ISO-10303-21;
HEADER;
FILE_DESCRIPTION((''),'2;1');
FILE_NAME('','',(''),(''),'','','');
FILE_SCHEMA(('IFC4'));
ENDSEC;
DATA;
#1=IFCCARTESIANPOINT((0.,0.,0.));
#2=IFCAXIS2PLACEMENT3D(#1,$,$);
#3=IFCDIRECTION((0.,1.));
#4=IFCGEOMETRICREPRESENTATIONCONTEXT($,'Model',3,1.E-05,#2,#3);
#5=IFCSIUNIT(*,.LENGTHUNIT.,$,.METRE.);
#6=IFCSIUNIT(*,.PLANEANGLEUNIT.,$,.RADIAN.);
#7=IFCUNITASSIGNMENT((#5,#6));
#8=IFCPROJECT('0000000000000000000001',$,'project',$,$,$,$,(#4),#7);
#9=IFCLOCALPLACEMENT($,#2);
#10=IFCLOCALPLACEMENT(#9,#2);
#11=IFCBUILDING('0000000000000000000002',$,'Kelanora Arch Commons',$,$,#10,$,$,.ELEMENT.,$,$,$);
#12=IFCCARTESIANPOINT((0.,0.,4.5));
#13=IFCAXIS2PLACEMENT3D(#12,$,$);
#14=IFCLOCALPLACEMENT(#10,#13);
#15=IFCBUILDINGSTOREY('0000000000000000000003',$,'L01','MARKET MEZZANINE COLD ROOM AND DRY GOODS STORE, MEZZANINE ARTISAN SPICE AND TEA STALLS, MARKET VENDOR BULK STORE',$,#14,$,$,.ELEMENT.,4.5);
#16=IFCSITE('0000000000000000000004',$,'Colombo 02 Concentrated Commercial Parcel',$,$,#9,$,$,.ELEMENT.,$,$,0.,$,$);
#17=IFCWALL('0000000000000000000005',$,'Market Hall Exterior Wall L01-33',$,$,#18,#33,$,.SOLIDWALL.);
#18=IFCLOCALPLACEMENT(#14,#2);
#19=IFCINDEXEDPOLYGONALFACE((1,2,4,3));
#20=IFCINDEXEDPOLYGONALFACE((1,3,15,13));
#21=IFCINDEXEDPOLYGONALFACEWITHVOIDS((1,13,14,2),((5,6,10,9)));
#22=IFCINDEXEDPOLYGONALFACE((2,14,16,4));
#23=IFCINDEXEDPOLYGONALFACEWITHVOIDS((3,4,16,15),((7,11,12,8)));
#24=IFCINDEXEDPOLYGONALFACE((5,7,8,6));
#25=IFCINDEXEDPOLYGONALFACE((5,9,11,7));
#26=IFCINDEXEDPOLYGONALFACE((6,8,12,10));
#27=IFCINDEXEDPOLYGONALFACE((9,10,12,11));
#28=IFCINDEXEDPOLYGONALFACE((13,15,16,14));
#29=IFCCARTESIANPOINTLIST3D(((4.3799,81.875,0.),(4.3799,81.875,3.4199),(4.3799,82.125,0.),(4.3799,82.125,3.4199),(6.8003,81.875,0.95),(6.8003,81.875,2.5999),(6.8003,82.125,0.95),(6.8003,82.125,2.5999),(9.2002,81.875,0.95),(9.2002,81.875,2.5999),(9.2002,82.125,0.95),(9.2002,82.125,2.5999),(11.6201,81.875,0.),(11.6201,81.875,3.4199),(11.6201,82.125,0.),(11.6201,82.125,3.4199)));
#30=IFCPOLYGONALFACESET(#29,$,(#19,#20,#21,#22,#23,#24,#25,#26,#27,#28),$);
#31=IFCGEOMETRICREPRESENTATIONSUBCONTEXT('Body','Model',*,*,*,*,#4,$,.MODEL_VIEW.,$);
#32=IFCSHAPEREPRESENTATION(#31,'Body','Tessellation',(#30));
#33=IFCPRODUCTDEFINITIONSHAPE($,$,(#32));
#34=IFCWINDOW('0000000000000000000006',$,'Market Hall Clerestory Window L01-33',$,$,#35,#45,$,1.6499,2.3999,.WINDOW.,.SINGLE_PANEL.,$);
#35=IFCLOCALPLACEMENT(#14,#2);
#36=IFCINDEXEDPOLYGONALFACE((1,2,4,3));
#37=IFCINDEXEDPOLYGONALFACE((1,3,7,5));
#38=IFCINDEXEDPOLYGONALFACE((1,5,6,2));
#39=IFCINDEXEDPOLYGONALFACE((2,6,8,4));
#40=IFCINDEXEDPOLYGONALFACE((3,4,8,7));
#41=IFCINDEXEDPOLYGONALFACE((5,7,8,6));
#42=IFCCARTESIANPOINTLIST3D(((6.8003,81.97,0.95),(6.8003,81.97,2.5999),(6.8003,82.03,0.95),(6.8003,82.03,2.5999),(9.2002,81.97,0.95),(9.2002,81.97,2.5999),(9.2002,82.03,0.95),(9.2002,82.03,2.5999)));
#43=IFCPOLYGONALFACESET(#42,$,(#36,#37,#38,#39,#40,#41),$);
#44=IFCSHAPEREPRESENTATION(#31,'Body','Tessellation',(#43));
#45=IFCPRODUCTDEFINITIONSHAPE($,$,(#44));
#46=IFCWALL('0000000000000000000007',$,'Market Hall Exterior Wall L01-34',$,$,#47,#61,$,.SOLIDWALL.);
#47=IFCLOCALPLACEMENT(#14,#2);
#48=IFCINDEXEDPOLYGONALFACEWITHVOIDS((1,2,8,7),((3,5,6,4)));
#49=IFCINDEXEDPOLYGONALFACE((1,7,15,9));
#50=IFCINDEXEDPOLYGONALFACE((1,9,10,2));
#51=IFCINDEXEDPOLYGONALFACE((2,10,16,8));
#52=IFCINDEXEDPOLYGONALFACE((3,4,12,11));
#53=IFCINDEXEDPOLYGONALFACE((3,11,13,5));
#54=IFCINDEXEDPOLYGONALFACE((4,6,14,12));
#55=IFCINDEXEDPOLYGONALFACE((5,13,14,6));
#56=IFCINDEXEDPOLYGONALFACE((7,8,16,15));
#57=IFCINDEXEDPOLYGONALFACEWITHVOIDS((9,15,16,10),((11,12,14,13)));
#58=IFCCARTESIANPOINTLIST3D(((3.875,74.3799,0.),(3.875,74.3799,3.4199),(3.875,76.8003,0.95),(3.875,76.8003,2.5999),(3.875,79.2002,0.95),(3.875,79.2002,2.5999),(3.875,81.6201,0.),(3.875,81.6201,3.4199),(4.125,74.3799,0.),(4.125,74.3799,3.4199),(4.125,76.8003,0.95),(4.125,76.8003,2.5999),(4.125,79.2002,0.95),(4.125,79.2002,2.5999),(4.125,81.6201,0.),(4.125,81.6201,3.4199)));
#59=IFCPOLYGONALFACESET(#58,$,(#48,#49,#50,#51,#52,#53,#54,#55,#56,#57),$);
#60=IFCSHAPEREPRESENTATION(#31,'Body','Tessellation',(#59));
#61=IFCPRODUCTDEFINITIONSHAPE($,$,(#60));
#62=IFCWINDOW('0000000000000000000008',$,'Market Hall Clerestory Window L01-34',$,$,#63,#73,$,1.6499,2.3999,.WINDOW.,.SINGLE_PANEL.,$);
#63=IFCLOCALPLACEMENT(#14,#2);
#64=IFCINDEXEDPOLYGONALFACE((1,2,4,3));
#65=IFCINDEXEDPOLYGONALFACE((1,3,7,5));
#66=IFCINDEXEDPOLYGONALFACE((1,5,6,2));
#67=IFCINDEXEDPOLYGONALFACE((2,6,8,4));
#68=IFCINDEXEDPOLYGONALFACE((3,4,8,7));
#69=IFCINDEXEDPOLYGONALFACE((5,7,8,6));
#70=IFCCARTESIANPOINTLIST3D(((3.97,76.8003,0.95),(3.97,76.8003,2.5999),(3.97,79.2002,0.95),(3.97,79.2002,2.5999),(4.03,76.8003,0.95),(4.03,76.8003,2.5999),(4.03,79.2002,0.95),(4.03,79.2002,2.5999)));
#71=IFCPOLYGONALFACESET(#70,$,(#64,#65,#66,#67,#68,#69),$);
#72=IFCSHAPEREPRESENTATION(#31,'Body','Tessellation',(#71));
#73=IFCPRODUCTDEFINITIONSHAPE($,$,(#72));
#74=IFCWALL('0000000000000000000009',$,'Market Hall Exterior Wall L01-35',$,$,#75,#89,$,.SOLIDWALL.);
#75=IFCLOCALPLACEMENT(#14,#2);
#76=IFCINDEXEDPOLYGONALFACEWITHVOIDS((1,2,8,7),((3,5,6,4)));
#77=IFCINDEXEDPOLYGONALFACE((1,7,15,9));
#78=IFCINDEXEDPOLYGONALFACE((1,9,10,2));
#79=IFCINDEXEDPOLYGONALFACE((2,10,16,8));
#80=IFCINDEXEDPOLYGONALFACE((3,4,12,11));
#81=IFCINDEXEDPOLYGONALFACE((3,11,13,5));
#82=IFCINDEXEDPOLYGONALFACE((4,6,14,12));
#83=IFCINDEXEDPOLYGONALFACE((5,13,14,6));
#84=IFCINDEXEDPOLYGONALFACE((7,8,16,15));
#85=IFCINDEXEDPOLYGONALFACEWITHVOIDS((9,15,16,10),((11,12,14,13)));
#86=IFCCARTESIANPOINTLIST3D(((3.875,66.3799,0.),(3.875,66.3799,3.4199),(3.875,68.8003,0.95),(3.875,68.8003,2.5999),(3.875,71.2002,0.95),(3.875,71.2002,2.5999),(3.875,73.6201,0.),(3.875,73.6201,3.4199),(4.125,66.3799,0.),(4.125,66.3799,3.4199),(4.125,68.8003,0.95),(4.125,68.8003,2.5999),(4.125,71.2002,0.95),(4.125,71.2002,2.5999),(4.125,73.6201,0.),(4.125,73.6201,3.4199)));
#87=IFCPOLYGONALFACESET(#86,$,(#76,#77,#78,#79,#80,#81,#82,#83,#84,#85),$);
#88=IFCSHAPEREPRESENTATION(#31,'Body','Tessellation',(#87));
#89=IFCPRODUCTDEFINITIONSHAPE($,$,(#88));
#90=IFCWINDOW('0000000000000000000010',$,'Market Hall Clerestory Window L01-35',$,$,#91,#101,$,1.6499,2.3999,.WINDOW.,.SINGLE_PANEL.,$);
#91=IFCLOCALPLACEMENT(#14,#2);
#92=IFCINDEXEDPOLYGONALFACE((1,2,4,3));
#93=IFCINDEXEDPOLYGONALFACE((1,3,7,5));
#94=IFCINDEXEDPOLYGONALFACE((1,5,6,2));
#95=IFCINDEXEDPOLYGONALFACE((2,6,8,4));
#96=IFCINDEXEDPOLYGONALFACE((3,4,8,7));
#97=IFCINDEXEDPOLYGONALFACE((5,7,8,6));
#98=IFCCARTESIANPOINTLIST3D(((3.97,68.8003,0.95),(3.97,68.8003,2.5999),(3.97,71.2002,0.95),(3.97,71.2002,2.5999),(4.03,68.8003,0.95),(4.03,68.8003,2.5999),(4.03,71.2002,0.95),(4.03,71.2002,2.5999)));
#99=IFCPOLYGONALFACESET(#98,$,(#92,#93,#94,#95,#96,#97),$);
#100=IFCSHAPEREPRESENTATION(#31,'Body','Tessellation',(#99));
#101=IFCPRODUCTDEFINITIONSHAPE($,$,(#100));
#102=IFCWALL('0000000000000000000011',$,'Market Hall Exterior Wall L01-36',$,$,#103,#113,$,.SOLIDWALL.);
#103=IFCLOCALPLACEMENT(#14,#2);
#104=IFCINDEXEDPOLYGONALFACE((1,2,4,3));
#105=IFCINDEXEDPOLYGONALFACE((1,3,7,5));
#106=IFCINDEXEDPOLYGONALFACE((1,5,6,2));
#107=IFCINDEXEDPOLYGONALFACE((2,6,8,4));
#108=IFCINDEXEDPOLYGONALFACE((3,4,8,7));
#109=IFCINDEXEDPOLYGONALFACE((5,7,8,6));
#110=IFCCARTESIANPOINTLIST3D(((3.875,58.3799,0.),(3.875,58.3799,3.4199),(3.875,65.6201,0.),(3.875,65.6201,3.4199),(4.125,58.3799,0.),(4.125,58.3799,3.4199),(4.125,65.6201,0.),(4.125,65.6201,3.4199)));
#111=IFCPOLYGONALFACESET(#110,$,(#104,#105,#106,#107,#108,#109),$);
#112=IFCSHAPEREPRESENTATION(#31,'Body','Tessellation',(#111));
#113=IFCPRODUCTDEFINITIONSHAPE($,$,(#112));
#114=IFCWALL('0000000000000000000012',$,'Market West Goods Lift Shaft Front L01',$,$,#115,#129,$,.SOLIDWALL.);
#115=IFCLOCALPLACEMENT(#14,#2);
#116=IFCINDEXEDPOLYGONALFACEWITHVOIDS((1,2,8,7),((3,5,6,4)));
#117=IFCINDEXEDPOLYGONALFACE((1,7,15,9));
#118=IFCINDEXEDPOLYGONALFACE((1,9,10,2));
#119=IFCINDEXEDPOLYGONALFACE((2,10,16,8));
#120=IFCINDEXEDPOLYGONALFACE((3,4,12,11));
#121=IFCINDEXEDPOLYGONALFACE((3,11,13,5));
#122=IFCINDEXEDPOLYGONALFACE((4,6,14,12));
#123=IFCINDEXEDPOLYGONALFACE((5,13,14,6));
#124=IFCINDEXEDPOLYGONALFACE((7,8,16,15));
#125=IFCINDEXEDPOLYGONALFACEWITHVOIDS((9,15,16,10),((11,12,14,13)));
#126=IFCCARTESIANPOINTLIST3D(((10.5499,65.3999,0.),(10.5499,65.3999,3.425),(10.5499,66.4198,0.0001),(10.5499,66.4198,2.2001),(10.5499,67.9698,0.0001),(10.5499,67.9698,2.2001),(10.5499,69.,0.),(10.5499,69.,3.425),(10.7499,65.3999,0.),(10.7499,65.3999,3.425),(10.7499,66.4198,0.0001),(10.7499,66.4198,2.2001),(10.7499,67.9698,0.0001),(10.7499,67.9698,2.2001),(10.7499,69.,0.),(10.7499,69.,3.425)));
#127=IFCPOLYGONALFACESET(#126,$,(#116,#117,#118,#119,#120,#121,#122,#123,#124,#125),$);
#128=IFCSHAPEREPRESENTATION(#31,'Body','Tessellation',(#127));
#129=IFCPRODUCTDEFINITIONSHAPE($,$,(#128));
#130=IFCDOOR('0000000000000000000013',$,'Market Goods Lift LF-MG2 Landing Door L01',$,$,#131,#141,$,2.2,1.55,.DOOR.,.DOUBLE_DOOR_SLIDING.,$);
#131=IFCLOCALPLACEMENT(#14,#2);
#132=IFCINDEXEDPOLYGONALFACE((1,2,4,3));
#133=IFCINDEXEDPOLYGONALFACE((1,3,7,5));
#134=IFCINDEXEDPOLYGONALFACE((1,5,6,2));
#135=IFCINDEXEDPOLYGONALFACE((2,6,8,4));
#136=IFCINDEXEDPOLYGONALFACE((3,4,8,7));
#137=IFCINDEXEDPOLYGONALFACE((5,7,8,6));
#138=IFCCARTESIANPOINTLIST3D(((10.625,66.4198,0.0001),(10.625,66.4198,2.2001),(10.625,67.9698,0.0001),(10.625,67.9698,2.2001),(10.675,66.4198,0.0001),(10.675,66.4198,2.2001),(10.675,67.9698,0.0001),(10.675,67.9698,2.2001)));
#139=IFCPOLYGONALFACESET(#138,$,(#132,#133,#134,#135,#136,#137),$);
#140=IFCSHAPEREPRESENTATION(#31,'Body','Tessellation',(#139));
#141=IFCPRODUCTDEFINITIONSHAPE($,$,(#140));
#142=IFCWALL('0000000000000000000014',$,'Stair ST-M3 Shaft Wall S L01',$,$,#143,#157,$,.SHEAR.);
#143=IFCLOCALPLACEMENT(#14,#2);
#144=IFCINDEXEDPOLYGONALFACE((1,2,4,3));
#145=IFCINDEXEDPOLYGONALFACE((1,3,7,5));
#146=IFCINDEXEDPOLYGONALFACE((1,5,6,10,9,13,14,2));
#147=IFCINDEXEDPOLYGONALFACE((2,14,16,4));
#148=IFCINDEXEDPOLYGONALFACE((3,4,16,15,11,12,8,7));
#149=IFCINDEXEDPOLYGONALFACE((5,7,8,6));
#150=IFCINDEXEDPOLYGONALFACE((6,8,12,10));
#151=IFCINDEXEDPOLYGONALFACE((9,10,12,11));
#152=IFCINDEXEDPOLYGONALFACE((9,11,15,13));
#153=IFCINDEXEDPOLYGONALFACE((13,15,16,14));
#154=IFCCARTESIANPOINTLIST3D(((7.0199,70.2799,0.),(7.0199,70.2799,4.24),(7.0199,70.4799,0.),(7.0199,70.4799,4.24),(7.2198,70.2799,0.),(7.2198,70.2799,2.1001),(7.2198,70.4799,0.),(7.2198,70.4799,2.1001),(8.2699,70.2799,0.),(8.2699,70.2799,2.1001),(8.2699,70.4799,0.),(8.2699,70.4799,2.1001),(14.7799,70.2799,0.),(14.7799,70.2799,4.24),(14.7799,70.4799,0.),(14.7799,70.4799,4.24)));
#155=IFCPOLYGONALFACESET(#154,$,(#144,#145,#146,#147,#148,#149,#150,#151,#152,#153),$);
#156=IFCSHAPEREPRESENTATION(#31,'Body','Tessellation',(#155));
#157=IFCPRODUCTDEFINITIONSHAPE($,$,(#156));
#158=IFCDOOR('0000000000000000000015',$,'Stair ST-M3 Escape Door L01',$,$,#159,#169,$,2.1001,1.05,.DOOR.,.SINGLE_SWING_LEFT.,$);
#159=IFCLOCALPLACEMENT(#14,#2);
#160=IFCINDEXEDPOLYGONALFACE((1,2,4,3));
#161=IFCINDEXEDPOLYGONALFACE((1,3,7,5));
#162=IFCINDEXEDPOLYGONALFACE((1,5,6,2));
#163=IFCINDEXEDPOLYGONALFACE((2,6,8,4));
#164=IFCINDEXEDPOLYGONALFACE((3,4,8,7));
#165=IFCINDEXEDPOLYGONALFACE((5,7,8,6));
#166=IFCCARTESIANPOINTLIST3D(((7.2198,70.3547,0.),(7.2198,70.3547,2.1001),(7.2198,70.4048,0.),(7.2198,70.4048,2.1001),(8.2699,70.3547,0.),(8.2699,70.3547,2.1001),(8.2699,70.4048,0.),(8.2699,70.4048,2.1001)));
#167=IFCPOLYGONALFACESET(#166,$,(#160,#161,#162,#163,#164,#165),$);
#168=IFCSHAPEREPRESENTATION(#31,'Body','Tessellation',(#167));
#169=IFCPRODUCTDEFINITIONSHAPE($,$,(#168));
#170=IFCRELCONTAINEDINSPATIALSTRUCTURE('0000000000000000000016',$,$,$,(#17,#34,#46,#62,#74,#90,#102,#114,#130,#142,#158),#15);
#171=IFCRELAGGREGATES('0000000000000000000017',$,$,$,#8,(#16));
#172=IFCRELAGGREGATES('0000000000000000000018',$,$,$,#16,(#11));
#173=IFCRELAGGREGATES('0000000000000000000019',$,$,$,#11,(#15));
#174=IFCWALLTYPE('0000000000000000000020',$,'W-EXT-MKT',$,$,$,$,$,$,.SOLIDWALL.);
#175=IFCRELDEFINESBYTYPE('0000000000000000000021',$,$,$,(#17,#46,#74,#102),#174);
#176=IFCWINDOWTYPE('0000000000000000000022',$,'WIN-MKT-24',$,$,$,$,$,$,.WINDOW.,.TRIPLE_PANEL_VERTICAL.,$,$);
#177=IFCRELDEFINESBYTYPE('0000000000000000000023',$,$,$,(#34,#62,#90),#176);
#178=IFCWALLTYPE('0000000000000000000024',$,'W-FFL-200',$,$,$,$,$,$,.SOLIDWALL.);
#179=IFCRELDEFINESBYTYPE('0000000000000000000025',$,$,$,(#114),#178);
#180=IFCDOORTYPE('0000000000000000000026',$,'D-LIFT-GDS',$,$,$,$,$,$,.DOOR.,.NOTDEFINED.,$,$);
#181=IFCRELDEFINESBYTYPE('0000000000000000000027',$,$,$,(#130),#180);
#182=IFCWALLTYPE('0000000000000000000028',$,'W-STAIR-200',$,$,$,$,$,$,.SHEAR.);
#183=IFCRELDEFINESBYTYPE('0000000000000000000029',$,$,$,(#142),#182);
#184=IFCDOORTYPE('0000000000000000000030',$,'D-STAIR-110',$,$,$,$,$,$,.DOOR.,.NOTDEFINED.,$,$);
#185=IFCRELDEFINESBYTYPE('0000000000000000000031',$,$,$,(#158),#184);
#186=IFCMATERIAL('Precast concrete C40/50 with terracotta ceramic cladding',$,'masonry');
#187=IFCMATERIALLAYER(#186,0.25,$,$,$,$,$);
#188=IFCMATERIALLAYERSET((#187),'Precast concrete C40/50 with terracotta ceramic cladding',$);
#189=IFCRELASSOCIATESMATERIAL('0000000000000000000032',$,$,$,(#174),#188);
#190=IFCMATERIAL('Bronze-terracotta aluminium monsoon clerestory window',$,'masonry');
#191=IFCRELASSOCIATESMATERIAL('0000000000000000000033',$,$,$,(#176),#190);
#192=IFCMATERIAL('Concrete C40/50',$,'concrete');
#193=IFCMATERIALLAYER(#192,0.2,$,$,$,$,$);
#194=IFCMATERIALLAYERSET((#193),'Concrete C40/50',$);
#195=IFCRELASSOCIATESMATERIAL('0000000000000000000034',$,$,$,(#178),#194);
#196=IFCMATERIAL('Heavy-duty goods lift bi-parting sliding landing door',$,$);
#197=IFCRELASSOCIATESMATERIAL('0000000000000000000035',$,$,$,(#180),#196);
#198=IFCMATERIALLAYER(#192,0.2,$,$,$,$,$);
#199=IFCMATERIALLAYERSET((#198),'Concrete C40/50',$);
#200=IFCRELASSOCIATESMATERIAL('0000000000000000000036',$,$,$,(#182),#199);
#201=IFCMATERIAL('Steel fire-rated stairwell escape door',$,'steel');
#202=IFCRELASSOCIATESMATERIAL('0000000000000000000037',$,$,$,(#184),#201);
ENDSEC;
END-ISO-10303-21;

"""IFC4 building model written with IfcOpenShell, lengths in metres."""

from ifc_helpers import new_model, si_unit, direction, frame, frame_2d, origin, place, context, subcontext, project, spatial, rectangle, extrude, material, layer, layer_set, type_object, element, fill, save


model = new_model("IFC4")

# Units and contexts
model_context = context("Model", 3, precision=1e-05, world=origin(), true_north=direction((0.0, 1.0)))
body_context = subcontext(model_context, "Body", "Model", "MODEL_VIEW")
ifc_project = project(units=[si_unit("LENGTHUNIT", "METRE"), si_unit("PLANEANGLEUNIT", "RADIAN")], contexts=[model_context])

# Site, building, storey
site_placement = place(None, origin())
site = spatial("IfcSite", under=ifc_project, at=site_placement, Name="Colombo 02 Concentrated Commercial Parcel", CompositionType="ELEMENT", RefElevation=0.0)
building_placement = place(site_placement, origin())
building = spatial("IfcBuilding", under=site, at=building_placement, Name="Kelanora Arch Commons", CompositionType="ELEMENT")
storey_placement = place(building_placement, frame((0.0, 0.0, 4.5)))
storey = spatial("IfcBuildingStorey", under=building, at=storey_placement, Name="L01", Description="MARKET MEZZANINE COLD ROOM AND DRY GOODS STORE, MEZZANINE ARTISAN SPICE AND TEA STALLS, MARKET VENDOR BULK STORE", CompositionType="ELEMENT", Elevation=4.5)

# Shared definitions
ifc_material_1 = material(Name="Concrete C40/50", Category="concrete")

# Walls, openings, windows
ifc_material_2 = material(Name="Precast concrete C40/50 with terracotta ceramic cladding", Category="masonry")
ifc_layer_1 = layer(ifc_material_2, 0.25)
ifc_layer_set_1 = layer_set([ifc_layer_1], Name="Precast concrete C40/50 with terracotta ceramic cladding")
wall_type_1 = type_object("IfcWallType", Name="W-EXT-MKT", PredefinedType="SOLIDWALL", material=ifc_layer_set_1)
wall_1_placement = place(storey_placement, frame((11.6201, 82.0, 0.0), z_axis=(0.0, 0.0, 1.0), x_axis=(-1.0, 0.0, 0.0)))
wall_1 = element("IfcWall", 1, at=wall_1_placement, inside=storey, type_object=wall_type_1, Name="Market Hall Exterior Wall L01-33", PredefinedType="SOLIDWALL", context=body_context, shape_type="SweptSolid", body=[
    extrude(rectangle(XDim=7.2402, YDim=0.25, at=frame_2d((3.6201, 0.0))), origin(), (0.0, 0.0, 1.0), 3.4199),
])
opening_1_placement = place(wall_1_placement, frame((2.4199, 0.0, 0.95)))
opening_1 = element("IfcOpeningElement", 2, at=opening_1_placement, cuts=wall_1, PredefinedType="OPENING", context=body_context, shape_type="SweptSolid", body=[
    extrude(rectangle(XDim=2.3999, YDim=1.6499, at=frame_2d((1.2, 0.825))), frame((0.0, 0.135, 0.0), z_axis=(0.0, -1.0, 0.0), x_axis=(1.0, 0.0, 0.0)), (0.0, 0.0, 1.0), 0.27),
])
ifc_material_3 = material(Name="Bronze-terracotta aluminium monsoon clerestory window", Category="masonry")
window_type = type_object("IfcWindowType", Name="WIN-MKT-24", PartitioningType="TRIPLE_PANEL_VERTICAL", PredefinedType="WINDOW", material=ifc_material_3)
window_1_placement = place(opening_1_placement, origin())
window_1 = element("IfcWindow", 3, at=window_1_placement, inside=storey, type_object=window_type, Name="Market Hall Clerestory Window L01-33", OverallHeight=1.6499, OverallWidth=2.3999, PartitioningType="SINGLE_PANEL", PredefinedType="WINDOW", context=body_context, shape_type="SweptSolid", body=[
    extrude(rectangle(XDim=2.3999, YDim=1.6499, at=frame_2d((1.2, 0.825))), frame((0.0, 0.03, 0.0), z_axis=(0.0, -1.0, 0.0), x_axis=(1.0, 0.0, 0.0)), (0.0, 0.0, 1.0), 0.0601),
])
fill(opening_1, window_1)
wall_2_placement = place(storey_placement, frame((4.0, 81.6201, 0.0), z_axis=(0.0, 0.0, 1.0), x_axis=(0.0, -1.0, 0.0)))
wall_2 = element("IfcWall", 4, at=wall_2_placement, inside=storey, type_object=wall_type_1, Name="Market Hall Exterior Wall L01-34", PredefinedType="SOLIDWALL", context=body_context, shape_type="SweptSolid", body=[
    extrude(rectangle(XDim=7.2402, YDim=0.25, at=frame_2d((3.6201, 0.0))), origin(), (0.0, 0.0, 1.0), 3.4199),
])
opening_2_placement = place(wall_2_placement, frame((2.4199, 0.0, 0.95)))
opening_2 = element("IfcOpeningElement", 5, at=opening_2_placement, cuts=wall_2, PredefinedType="OPENING", context=body_context, shape_type="SweptSolid", body=[
    extrude(rectangle(XDim=2.3999, YDim=1.6499, at=frame_2d((1.2, 0.825))), frame((0.0, 0.135, 0.0), z_axis=(0.0, -1.0, 0.0), x_axis=(1.0, 0.0, 0.0)), (0.0, 0.0, 1.0), 0.27),
])
window_2_placement = place(opening_2_placement, origin())
window_2 = element("IfcWindow", 6, at=window_2_placement, inside=storey, type_object=window_type, Name="Market Hall Clerestory Window L01-34", OverallHeight=1.6499, OverallWidth=2.3999, PartitioningType="SINGLE_PANEL", PredefinedType="WINDOW", context=body_context, shape_type="SweptSolid", body=[
    extrude(rectangle(XDim=2.3999, YDim=1.6499, at=frame_2d((1.2, 0.825))), frame((0.0, 0.03, 0.0), z_axis=(0.0, -1.0, 0.0), x_axis=(1.0, 0.0, 0.0)), (0.0, 0.0, 1.0), 0.0601),
])
fill(opening_2, window_2)
wall_3_placement = place(storey_placement, frame((4.0, 73.6201, 0.0), z_axis=(0.0, 0.0, 1.0), x_axis=(0.0, -1.0, 0.0)))
wall_3 = element("IfcWall", 7, at=wall_3_placement, inside=storey, type_object=wall_type_1, Name="Market Hall Exterior Wall L01-35", PredefinedType="SOLIDWALL", context=body_context, shape_type="SweptSolid", body=[
    extrude(rectangle(XDim=7.2402, YDim=0.25, at=frame_2d((3.6201, 0.0))), origin(), (0.0, 0.0, 1.0), 3.4199),
])
opening_3_placement = place(wall_3_placement, frame((2.4199, 0.0, 0.95)))
opening_3 = element("IfcOpeningElement", 8, at=opening_3_placement, cuts=wall_3, PredefinedType="OPENING", context=body_context, shape_type="SweptSolid", body=[
    extrude(rectangle(XDim=2.3999, YDim=1.6499, at=frame_2d((1.2, 0.825))), frame((0.0, 0.135, 0.0), z_axis=(0.0, -1.0, 0.0), x_axis=(1.0, 0.0, 0.0)), (0.0, 0.0, 1.0), 0.27),
])
window_3_placement = place(opening_3_placement, origin())
window_3 = element("IfcWindow", 9, at=window_3_placement, inside=storey, type_object=window_type, Name="Market Hall Clerestory Window L01-35", OverallHeight=1.6499, OverallWidth=2.3999, PartitioningType="SINGLE_PANEL", PredefinedType="WINDOW", context=body_context, shape_type="SweptSolid", body=[
    extrude(rectangle(XDim=2.3999, YDim=1.6499, at=frame_2d((1.2, 0.825))), frame((0.0, 0.03, 0.0), z_axis=(0.0, -1.0, 0.0), x_axis=(1.0, 0.0, 0.0)), (0.0, 0.0, 1.0), 0.0601),
])
fill(opening_3, window_3)

# Wall
wall_4_placement = place(storey_placement, frame((4.0, 65.6201, 0.0), z_axis=(0.0, 0.0, 1.0), x_axis=(0.0, -1.0, 0.0)))
element("IfcWall", 10, at=wall_4_placement, inside=storey, type_object=wall_type_1, Name="Market Hall Exterior Wall L01-36", PredefinedType="SOLIDWALL", context=body_context, shape_type="SweptSolid", body=[
    extrude(rectangle(XDim=7.2402, YDim=0.25, at=frame_2d((3.6201, 0.0))), origin(), (0.0, 0.0, 1.0), 3.4199),
])

# Walls, openings, doors
ifc_layer_2 = layer(ifc_material_1, 0.2)
ifc_layer_set_2 = layer_set([ifc_layer_2], Name="Concrete C40/50")
wall_type_2 = type_object("IfcWallType", Name="W-FFL-200", PredefinedType="SOLIDWALL", material=ifc_layer_set_2)
wall_5_placement = place(storey_placement, frame((10.6499, 65.3999, 0.0), z_axis=(0.0, 0.0, 1.0), x_axis=(0.0, 1.0, 0.0)))
wall_5 = element("IfcWall", 11, at=wall_5_placement, inside=storey, type_object=wall_type_2, Name="Market West Goods Lift Shaft Front L01", PredefinedType="SOLIDWALL", context=body_context, shape_type="SweptSolid", body=[
    extrude(rectangle(XDim=3.6001, YDim=0.2, at=frame_2d((1.8, 0.0))), origin(), (0.0, 0.0, 1.0), 3.425),
])
opening_4_placement = place(wall_5_placement, frame((1.02, 0.0, 0.0)))
opening_4 = element("IfcOpeningElement", 12, at=opening_4_placement, cuts=wall_5, PredefinedType="OPENING", context=body_context, shape_type="SweptSolid", body=[
    extrude(rectangle(XDim=1.55, YDim=2.2, at=frame_2d((0.7749, 1.1001))), frame((0.0, 0.1099, 0.0), z_axis=(0.0, -1.0, 0.0), x_axis=(1.0, 0.0, 0.0)), (0.0, 0.0, 1.0), 0.22),
])
ifc_material_4 = material(Name="Heavy-duty goods lift bi-parting sliding landing door")
door_type_1 = type_object("IfcDoorType", Name="D-LIFT-GDS", OperationType="NOTDEFINED", PredefinedType="DOOR", material=ifc_material_4)
door_1_placement = place(opening_4_placement, origin())
door_1 = element("IfcDoor", 13, at=door_1_placement, inside=storey, type_object=door_type_1, Name="Market Goods Lift LF-MG2 Landing Door L01", OperationType="DOUBLE_DOOR_SLIDING", OverallHeight=2.2, OverallWidth=1.55, PredefinedType="DOOR", context=body_context, shape_type="SweptSolid", body=[
    extrude(rectangle(XDim=1.55, YDim=2.2, at=frame_2d((0.7749, 1.1001))), frame((0.0, 0.0249, 0.0), z_axis=(0.0, -1.0, 0.0), x_axis=(1.0, 0.0, 0.0)), (0.0, 0.0, 1.0), 0.05),
])
fill(opening_4, door_1)
ifc_layer_3 = layer(ifc_material_1, 0.2)
ifc_layer_set_3 = layer_set([ifc_layer_3], Name="Concrete C40/50")
wall_type_3 = type_object("IfcWallType", Name="W-STAIR-200", PredefinedType="SHEAR", material=ifc_layer_set_3)
wall_6_placement = place(storey_placement, frame((7.02, 70.3799, 0.0), z_axis=(0.0, 0.0, 1.0), x_axis=(1.0, 0.0, 0.0)))
wall_6 = element("IfcWall", 14, at=wall_6_placement, inside=storey, type_object=wall_type_3, Name="Stair ST-M3 Shaft Wall S L01", PredefinedType="SHEAR", context=body_context, shape_type="SweptSolid", body=[
    extrude(rectangle(XDim=7.76, YDim=0.2, at=frame_2d((3.8799, 0.0))), origin(), (0.0, 0.0, 1.0), 4.24),
])
opening_5_placement = place(wall_6_placement, frame((0.2, 0.0, 0.0)))
opening_5 = element("IfcOpeningElement", 15, at=opening_5_placement, cuts=wall_6, PredefinedType="OPENING", context=body_context, shape_type="SweptSolid", body=[
    extrude(rectangle(XDim=1.05, YDim=2.1001, at=frame_2d((0.5249, 1.05))), frame((0.0, 0.1099, 0.0), z_axis=(0.0, -1.0, 0.0), x_axis=(1.0, 0.0, 0.0)), (0.0, 0.0, 1.0), 0.22),
])
ifc_material_5 = material(Name="Steel fire-rated stairwell escape door", Category="steel")
door_type_2 = type_object("IfcDoorType", Name="D-STAIR-110", OperationType="NOTDEFINED", PredefinedType="DOOR", material=ifc_material_5)
door_2_placement = place(opening_5_placement, origin())
door_2 = element("IfcDoor", 16, at=door_2_placement, inside=storey, type_object=door_type_2, Name="Stair ST-M3 Escape Door L01", OperationType="SINGLE_SWING_LEFT", OverallHeight=2.1001, OverallWidth=1.05, PredefinedType="DOOR", context=body_context, shape_type="SweptSolid", body=[
    extrude(rectangle(XDim=1.05, YDim=2.1001, at=frame_2d((0.5249, 1.05))), frame((0.0, 0.0249, 0.0), z_axis=(0.0, -1.0, 0.0), x_axis=(1.0, 0.0, 0.0)), (0.0, 0.0, 1.0), 0.05),
])
fill(opening_5, door_2)

save(model, "model.ifc")
